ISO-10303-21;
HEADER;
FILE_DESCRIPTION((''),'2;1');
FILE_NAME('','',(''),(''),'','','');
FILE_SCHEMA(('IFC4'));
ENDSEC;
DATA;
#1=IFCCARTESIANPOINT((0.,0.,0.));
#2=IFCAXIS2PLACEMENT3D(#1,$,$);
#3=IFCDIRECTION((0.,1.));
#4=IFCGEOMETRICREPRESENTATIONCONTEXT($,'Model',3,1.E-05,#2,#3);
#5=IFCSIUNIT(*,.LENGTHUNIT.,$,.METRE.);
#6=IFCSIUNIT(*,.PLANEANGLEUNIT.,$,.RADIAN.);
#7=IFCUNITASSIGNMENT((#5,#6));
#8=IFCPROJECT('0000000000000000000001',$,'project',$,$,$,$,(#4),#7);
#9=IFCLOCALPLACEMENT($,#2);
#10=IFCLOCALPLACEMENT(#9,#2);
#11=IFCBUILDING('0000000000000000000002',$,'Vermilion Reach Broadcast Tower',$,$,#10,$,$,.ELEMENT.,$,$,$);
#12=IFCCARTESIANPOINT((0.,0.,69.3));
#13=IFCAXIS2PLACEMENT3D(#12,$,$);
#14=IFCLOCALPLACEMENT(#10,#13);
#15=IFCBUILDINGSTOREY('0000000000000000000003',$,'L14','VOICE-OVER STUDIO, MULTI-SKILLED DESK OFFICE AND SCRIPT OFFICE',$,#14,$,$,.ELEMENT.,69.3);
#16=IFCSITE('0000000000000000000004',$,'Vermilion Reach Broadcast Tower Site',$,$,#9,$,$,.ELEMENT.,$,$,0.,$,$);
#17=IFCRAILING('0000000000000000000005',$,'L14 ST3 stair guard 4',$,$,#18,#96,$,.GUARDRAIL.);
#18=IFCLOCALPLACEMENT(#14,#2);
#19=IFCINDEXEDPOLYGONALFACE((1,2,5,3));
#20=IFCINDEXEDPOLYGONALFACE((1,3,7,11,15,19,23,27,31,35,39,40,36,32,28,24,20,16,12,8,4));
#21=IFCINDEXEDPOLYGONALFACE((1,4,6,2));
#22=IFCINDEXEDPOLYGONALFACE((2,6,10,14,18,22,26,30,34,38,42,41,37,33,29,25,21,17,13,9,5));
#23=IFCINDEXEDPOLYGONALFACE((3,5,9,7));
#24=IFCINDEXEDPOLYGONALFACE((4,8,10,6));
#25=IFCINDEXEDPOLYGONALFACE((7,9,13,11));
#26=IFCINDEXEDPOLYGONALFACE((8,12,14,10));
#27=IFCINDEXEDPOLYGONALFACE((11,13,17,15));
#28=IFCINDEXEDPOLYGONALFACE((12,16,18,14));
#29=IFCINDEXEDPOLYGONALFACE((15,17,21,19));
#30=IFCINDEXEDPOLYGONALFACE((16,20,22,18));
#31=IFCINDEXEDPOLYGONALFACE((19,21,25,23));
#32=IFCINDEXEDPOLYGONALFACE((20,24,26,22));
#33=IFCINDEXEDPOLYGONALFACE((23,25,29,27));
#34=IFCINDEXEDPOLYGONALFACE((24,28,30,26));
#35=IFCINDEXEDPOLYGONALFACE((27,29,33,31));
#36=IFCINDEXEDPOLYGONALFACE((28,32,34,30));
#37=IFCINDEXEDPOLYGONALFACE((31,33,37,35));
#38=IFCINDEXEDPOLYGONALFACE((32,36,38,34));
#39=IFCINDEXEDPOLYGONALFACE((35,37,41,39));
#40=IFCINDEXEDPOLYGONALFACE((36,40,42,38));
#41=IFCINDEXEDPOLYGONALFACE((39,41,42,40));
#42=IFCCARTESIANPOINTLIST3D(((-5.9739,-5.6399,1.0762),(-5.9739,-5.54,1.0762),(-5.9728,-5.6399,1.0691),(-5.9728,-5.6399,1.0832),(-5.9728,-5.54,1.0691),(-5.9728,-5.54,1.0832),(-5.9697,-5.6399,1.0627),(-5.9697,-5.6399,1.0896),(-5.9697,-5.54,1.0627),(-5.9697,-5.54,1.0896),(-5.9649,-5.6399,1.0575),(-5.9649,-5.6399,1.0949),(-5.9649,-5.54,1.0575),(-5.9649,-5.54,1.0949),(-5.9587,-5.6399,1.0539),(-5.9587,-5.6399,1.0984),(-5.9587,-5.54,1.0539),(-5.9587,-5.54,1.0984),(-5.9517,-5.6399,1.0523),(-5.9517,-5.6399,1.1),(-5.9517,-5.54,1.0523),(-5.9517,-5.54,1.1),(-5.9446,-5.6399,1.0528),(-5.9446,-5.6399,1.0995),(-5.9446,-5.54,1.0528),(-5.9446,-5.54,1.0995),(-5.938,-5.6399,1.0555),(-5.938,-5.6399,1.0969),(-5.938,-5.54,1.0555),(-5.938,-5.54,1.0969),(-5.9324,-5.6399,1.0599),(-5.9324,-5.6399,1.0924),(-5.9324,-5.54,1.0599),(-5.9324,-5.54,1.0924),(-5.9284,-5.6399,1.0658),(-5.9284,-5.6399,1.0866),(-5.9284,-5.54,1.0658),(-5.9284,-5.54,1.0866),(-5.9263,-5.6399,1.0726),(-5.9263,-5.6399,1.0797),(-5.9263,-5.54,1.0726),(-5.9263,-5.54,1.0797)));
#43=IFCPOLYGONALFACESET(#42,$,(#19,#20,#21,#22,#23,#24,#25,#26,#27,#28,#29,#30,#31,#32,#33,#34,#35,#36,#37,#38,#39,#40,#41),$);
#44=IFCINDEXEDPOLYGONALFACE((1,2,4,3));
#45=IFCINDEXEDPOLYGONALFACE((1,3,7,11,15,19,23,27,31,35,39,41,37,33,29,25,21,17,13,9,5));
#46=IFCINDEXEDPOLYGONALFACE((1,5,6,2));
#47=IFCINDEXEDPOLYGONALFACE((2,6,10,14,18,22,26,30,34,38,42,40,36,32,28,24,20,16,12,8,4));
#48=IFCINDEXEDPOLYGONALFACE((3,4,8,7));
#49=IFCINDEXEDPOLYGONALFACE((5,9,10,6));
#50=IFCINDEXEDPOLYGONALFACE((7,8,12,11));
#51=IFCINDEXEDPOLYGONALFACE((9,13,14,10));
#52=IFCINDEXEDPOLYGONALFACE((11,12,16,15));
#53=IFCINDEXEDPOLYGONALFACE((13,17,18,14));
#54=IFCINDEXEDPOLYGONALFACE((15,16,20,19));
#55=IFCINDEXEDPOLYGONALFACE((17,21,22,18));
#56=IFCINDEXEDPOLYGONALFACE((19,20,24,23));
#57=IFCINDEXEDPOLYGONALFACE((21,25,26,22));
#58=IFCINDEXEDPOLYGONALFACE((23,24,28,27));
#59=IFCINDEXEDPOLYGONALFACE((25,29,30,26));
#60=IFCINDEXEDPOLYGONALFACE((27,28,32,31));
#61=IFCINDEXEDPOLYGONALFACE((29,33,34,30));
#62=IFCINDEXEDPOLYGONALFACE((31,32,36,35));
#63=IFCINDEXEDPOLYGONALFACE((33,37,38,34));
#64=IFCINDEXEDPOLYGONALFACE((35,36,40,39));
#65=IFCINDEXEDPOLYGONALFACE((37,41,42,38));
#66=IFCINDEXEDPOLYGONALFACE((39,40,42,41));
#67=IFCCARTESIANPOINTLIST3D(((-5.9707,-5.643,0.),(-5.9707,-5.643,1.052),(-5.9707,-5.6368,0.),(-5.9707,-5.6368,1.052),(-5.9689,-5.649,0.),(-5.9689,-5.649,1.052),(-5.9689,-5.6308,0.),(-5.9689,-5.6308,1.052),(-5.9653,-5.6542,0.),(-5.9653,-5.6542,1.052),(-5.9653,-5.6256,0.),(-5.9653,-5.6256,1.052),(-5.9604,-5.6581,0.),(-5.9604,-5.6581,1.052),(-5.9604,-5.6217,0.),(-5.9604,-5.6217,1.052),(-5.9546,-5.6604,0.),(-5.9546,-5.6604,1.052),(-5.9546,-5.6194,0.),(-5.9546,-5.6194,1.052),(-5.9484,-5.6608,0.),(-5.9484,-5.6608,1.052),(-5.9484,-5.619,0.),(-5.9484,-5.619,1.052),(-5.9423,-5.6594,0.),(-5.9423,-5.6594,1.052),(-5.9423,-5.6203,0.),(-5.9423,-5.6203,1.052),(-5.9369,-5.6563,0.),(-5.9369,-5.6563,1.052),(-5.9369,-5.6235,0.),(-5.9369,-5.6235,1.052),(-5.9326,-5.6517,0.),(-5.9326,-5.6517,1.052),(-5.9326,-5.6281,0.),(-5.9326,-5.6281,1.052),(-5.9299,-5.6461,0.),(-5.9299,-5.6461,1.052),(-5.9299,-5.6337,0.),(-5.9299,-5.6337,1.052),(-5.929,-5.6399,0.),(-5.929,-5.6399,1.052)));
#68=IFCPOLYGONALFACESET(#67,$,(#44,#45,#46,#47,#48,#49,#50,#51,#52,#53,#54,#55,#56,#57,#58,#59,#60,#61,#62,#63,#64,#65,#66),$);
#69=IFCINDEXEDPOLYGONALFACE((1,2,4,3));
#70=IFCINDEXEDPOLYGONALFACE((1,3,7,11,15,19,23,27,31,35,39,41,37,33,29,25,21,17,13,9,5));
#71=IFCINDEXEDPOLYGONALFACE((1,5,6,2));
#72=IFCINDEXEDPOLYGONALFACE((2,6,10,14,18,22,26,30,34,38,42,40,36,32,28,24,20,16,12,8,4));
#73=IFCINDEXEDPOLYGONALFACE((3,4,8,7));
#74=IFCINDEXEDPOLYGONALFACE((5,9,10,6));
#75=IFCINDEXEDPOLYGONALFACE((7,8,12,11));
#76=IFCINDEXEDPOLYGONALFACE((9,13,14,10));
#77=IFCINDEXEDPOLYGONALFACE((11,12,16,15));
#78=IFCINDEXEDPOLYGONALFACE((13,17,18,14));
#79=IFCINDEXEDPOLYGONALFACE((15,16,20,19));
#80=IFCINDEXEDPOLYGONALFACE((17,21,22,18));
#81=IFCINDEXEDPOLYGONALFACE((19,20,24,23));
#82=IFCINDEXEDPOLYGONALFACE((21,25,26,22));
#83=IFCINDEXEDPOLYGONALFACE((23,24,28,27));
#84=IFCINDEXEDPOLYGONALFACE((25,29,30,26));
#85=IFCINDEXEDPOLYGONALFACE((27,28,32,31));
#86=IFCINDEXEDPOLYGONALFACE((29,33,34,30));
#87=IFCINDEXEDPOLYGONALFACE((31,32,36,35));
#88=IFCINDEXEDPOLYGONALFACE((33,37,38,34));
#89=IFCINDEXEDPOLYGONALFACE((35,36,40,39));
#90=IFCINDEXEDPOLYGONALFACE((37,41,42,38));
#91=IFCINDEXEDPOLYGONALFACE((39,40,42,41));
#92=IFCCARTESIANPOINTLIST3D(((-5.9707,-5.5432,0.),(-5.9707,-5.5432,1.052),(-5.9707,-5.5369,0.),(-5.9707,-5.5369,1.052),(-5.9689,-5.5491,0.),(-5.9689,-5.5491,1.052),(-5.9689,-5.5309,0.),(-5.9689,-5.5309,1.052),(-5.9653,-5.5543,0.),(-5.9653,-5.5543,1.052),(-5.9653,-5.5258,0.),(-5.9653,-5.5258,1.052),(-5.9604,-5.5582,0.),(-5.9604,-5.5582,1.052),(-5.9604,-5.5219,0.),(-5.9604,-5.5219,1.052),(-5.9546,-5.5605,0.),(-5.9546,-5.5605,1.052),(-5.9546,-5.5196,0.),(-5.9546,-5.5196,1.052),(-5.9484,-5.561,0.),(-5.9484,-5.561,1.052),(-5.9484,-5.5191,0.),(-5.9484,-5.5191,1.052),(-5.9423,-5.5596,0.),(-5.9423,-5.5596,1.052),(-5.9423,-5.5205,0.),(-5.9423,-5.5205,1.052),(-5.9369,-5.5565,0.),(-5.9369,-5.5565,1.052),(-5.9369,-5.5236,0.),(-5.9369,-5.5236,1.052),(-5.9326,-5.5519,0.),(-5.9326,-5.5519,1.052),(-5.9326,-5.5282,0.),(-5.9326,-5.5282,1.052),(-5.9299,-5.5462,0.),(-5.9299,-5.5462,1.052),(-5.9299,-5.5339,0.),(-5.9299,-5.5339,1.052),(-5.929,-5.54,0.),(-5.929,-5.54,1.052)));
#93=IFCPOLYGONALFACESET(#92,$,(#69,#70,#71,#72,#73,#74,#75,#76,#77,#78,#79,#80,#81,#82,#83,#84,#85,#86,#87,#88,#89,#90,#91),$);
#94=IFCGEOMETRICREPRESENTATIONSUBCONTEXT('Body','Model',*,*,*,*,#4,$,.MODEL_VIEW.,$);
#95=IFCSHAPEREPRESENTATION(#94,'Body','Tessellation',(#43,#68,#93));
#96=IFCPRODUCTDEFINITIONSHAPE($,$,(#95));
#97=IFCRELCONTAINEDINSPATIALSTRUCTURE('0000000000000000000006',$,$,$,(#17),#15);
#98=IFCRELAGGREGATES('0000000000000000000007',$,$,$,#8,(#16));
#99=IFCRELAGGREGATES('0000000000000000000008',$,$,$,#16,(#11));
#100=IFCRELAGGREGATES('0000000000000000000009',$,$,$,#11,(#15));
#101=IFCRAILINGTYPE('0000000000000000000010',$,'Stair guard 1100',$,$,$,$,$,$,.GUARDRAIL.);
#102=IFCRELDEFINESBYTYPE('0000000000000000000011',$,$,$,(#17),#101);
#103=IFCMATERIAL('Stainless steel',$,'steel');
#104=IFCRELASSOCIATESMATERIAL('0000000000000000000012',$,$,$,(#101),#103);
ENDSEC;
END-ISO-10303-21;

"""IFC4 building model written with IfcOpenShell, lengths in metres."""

from ifc_helpers import new_model, si_unit, direction, frame, origin, origin_2d, place, context, subcontext, project, spatial, circle, extrude, material, type_object, element, save


model = new_model("IFC4")

# Units and contexts
model_context = context("Model", 3, precision=1e-05, world=origin(), true_north=direction((0.0, 1.0)))
body_context = subcontext(model_context, "Body", "Model", "MODEL_VIEW")
ifc_project = project(units=[si_unit("LENGTHUNIT", "METRE"), si_unit("PLANEANGLEUNIT", "RADIAN")], contexts=[model_context])

# Site, building, storey
site_placement = place(None, origin())
site = spatial("IfcSite", under=ifc_project, at=site_placement, Name="Vermilion Reach Broadcast Tower Site", CompositionType="ELEMENT", RefElevation=0.0)
building_placement = place(site_placement, origin())
building = spatial("IfcBuilding", under=site, at=building_placement, Name="Vermilion Reach Broadcast Tower", CompositionType="ELEMENT")
storey_placement = place(building_placement, frame((0.0, 0.0, 69.3)))
storey = spatial("IfcBuildingStorey", under=building, at=storey_placement, Name="L14", Description="VOICE-OVER STUDIO, MULTI-SKILLED DESK OFFICE AND SCRIPT OFFICE", CompositionType="ELEMENT", Elevation=69.3)

# Railing
ifc_material_1 = material(Name="Stainless steel", Category="steel")
railing_type_1 = type_object("IfcRailingType", Name="Stair guard 1100", PredefinedType="GUARDRAIL", material=ifc_material_1)
railing_1_placement = place(storey_placement, frame((-5.95, -5.6399, 0.0)))
element("IfcRailing", 1, at=railing_1_placement, inside=storey, type_object=railing_type_1, Name="L14 ST3 stair guard 4", PredefinedType="GUARDRAIL", context=body_context, shape_type="SweptSolid", body=[
    extrude(circle(Radius=0.0239, at=origin_2d()), frame((0.0, 0.0, 1.0762), z_axis=(0.0, 1.0, 0.0), x_axis=(-1.0, 0.0, 0.0)), (0.0, 0.0, 1.0), 0.0999),
    extrude(circle(Radius=0.021, at=origin_2d()), origin(), (0.0, 0.0, 1.0), 1.052),
    extrude(circle(Radius=0.021, at=origin_2d()), frame((0.0, 0.0999, 0.0)), (0.0, 0.0, 1.0), 1.052),
])

save(model, "model.ifc")
